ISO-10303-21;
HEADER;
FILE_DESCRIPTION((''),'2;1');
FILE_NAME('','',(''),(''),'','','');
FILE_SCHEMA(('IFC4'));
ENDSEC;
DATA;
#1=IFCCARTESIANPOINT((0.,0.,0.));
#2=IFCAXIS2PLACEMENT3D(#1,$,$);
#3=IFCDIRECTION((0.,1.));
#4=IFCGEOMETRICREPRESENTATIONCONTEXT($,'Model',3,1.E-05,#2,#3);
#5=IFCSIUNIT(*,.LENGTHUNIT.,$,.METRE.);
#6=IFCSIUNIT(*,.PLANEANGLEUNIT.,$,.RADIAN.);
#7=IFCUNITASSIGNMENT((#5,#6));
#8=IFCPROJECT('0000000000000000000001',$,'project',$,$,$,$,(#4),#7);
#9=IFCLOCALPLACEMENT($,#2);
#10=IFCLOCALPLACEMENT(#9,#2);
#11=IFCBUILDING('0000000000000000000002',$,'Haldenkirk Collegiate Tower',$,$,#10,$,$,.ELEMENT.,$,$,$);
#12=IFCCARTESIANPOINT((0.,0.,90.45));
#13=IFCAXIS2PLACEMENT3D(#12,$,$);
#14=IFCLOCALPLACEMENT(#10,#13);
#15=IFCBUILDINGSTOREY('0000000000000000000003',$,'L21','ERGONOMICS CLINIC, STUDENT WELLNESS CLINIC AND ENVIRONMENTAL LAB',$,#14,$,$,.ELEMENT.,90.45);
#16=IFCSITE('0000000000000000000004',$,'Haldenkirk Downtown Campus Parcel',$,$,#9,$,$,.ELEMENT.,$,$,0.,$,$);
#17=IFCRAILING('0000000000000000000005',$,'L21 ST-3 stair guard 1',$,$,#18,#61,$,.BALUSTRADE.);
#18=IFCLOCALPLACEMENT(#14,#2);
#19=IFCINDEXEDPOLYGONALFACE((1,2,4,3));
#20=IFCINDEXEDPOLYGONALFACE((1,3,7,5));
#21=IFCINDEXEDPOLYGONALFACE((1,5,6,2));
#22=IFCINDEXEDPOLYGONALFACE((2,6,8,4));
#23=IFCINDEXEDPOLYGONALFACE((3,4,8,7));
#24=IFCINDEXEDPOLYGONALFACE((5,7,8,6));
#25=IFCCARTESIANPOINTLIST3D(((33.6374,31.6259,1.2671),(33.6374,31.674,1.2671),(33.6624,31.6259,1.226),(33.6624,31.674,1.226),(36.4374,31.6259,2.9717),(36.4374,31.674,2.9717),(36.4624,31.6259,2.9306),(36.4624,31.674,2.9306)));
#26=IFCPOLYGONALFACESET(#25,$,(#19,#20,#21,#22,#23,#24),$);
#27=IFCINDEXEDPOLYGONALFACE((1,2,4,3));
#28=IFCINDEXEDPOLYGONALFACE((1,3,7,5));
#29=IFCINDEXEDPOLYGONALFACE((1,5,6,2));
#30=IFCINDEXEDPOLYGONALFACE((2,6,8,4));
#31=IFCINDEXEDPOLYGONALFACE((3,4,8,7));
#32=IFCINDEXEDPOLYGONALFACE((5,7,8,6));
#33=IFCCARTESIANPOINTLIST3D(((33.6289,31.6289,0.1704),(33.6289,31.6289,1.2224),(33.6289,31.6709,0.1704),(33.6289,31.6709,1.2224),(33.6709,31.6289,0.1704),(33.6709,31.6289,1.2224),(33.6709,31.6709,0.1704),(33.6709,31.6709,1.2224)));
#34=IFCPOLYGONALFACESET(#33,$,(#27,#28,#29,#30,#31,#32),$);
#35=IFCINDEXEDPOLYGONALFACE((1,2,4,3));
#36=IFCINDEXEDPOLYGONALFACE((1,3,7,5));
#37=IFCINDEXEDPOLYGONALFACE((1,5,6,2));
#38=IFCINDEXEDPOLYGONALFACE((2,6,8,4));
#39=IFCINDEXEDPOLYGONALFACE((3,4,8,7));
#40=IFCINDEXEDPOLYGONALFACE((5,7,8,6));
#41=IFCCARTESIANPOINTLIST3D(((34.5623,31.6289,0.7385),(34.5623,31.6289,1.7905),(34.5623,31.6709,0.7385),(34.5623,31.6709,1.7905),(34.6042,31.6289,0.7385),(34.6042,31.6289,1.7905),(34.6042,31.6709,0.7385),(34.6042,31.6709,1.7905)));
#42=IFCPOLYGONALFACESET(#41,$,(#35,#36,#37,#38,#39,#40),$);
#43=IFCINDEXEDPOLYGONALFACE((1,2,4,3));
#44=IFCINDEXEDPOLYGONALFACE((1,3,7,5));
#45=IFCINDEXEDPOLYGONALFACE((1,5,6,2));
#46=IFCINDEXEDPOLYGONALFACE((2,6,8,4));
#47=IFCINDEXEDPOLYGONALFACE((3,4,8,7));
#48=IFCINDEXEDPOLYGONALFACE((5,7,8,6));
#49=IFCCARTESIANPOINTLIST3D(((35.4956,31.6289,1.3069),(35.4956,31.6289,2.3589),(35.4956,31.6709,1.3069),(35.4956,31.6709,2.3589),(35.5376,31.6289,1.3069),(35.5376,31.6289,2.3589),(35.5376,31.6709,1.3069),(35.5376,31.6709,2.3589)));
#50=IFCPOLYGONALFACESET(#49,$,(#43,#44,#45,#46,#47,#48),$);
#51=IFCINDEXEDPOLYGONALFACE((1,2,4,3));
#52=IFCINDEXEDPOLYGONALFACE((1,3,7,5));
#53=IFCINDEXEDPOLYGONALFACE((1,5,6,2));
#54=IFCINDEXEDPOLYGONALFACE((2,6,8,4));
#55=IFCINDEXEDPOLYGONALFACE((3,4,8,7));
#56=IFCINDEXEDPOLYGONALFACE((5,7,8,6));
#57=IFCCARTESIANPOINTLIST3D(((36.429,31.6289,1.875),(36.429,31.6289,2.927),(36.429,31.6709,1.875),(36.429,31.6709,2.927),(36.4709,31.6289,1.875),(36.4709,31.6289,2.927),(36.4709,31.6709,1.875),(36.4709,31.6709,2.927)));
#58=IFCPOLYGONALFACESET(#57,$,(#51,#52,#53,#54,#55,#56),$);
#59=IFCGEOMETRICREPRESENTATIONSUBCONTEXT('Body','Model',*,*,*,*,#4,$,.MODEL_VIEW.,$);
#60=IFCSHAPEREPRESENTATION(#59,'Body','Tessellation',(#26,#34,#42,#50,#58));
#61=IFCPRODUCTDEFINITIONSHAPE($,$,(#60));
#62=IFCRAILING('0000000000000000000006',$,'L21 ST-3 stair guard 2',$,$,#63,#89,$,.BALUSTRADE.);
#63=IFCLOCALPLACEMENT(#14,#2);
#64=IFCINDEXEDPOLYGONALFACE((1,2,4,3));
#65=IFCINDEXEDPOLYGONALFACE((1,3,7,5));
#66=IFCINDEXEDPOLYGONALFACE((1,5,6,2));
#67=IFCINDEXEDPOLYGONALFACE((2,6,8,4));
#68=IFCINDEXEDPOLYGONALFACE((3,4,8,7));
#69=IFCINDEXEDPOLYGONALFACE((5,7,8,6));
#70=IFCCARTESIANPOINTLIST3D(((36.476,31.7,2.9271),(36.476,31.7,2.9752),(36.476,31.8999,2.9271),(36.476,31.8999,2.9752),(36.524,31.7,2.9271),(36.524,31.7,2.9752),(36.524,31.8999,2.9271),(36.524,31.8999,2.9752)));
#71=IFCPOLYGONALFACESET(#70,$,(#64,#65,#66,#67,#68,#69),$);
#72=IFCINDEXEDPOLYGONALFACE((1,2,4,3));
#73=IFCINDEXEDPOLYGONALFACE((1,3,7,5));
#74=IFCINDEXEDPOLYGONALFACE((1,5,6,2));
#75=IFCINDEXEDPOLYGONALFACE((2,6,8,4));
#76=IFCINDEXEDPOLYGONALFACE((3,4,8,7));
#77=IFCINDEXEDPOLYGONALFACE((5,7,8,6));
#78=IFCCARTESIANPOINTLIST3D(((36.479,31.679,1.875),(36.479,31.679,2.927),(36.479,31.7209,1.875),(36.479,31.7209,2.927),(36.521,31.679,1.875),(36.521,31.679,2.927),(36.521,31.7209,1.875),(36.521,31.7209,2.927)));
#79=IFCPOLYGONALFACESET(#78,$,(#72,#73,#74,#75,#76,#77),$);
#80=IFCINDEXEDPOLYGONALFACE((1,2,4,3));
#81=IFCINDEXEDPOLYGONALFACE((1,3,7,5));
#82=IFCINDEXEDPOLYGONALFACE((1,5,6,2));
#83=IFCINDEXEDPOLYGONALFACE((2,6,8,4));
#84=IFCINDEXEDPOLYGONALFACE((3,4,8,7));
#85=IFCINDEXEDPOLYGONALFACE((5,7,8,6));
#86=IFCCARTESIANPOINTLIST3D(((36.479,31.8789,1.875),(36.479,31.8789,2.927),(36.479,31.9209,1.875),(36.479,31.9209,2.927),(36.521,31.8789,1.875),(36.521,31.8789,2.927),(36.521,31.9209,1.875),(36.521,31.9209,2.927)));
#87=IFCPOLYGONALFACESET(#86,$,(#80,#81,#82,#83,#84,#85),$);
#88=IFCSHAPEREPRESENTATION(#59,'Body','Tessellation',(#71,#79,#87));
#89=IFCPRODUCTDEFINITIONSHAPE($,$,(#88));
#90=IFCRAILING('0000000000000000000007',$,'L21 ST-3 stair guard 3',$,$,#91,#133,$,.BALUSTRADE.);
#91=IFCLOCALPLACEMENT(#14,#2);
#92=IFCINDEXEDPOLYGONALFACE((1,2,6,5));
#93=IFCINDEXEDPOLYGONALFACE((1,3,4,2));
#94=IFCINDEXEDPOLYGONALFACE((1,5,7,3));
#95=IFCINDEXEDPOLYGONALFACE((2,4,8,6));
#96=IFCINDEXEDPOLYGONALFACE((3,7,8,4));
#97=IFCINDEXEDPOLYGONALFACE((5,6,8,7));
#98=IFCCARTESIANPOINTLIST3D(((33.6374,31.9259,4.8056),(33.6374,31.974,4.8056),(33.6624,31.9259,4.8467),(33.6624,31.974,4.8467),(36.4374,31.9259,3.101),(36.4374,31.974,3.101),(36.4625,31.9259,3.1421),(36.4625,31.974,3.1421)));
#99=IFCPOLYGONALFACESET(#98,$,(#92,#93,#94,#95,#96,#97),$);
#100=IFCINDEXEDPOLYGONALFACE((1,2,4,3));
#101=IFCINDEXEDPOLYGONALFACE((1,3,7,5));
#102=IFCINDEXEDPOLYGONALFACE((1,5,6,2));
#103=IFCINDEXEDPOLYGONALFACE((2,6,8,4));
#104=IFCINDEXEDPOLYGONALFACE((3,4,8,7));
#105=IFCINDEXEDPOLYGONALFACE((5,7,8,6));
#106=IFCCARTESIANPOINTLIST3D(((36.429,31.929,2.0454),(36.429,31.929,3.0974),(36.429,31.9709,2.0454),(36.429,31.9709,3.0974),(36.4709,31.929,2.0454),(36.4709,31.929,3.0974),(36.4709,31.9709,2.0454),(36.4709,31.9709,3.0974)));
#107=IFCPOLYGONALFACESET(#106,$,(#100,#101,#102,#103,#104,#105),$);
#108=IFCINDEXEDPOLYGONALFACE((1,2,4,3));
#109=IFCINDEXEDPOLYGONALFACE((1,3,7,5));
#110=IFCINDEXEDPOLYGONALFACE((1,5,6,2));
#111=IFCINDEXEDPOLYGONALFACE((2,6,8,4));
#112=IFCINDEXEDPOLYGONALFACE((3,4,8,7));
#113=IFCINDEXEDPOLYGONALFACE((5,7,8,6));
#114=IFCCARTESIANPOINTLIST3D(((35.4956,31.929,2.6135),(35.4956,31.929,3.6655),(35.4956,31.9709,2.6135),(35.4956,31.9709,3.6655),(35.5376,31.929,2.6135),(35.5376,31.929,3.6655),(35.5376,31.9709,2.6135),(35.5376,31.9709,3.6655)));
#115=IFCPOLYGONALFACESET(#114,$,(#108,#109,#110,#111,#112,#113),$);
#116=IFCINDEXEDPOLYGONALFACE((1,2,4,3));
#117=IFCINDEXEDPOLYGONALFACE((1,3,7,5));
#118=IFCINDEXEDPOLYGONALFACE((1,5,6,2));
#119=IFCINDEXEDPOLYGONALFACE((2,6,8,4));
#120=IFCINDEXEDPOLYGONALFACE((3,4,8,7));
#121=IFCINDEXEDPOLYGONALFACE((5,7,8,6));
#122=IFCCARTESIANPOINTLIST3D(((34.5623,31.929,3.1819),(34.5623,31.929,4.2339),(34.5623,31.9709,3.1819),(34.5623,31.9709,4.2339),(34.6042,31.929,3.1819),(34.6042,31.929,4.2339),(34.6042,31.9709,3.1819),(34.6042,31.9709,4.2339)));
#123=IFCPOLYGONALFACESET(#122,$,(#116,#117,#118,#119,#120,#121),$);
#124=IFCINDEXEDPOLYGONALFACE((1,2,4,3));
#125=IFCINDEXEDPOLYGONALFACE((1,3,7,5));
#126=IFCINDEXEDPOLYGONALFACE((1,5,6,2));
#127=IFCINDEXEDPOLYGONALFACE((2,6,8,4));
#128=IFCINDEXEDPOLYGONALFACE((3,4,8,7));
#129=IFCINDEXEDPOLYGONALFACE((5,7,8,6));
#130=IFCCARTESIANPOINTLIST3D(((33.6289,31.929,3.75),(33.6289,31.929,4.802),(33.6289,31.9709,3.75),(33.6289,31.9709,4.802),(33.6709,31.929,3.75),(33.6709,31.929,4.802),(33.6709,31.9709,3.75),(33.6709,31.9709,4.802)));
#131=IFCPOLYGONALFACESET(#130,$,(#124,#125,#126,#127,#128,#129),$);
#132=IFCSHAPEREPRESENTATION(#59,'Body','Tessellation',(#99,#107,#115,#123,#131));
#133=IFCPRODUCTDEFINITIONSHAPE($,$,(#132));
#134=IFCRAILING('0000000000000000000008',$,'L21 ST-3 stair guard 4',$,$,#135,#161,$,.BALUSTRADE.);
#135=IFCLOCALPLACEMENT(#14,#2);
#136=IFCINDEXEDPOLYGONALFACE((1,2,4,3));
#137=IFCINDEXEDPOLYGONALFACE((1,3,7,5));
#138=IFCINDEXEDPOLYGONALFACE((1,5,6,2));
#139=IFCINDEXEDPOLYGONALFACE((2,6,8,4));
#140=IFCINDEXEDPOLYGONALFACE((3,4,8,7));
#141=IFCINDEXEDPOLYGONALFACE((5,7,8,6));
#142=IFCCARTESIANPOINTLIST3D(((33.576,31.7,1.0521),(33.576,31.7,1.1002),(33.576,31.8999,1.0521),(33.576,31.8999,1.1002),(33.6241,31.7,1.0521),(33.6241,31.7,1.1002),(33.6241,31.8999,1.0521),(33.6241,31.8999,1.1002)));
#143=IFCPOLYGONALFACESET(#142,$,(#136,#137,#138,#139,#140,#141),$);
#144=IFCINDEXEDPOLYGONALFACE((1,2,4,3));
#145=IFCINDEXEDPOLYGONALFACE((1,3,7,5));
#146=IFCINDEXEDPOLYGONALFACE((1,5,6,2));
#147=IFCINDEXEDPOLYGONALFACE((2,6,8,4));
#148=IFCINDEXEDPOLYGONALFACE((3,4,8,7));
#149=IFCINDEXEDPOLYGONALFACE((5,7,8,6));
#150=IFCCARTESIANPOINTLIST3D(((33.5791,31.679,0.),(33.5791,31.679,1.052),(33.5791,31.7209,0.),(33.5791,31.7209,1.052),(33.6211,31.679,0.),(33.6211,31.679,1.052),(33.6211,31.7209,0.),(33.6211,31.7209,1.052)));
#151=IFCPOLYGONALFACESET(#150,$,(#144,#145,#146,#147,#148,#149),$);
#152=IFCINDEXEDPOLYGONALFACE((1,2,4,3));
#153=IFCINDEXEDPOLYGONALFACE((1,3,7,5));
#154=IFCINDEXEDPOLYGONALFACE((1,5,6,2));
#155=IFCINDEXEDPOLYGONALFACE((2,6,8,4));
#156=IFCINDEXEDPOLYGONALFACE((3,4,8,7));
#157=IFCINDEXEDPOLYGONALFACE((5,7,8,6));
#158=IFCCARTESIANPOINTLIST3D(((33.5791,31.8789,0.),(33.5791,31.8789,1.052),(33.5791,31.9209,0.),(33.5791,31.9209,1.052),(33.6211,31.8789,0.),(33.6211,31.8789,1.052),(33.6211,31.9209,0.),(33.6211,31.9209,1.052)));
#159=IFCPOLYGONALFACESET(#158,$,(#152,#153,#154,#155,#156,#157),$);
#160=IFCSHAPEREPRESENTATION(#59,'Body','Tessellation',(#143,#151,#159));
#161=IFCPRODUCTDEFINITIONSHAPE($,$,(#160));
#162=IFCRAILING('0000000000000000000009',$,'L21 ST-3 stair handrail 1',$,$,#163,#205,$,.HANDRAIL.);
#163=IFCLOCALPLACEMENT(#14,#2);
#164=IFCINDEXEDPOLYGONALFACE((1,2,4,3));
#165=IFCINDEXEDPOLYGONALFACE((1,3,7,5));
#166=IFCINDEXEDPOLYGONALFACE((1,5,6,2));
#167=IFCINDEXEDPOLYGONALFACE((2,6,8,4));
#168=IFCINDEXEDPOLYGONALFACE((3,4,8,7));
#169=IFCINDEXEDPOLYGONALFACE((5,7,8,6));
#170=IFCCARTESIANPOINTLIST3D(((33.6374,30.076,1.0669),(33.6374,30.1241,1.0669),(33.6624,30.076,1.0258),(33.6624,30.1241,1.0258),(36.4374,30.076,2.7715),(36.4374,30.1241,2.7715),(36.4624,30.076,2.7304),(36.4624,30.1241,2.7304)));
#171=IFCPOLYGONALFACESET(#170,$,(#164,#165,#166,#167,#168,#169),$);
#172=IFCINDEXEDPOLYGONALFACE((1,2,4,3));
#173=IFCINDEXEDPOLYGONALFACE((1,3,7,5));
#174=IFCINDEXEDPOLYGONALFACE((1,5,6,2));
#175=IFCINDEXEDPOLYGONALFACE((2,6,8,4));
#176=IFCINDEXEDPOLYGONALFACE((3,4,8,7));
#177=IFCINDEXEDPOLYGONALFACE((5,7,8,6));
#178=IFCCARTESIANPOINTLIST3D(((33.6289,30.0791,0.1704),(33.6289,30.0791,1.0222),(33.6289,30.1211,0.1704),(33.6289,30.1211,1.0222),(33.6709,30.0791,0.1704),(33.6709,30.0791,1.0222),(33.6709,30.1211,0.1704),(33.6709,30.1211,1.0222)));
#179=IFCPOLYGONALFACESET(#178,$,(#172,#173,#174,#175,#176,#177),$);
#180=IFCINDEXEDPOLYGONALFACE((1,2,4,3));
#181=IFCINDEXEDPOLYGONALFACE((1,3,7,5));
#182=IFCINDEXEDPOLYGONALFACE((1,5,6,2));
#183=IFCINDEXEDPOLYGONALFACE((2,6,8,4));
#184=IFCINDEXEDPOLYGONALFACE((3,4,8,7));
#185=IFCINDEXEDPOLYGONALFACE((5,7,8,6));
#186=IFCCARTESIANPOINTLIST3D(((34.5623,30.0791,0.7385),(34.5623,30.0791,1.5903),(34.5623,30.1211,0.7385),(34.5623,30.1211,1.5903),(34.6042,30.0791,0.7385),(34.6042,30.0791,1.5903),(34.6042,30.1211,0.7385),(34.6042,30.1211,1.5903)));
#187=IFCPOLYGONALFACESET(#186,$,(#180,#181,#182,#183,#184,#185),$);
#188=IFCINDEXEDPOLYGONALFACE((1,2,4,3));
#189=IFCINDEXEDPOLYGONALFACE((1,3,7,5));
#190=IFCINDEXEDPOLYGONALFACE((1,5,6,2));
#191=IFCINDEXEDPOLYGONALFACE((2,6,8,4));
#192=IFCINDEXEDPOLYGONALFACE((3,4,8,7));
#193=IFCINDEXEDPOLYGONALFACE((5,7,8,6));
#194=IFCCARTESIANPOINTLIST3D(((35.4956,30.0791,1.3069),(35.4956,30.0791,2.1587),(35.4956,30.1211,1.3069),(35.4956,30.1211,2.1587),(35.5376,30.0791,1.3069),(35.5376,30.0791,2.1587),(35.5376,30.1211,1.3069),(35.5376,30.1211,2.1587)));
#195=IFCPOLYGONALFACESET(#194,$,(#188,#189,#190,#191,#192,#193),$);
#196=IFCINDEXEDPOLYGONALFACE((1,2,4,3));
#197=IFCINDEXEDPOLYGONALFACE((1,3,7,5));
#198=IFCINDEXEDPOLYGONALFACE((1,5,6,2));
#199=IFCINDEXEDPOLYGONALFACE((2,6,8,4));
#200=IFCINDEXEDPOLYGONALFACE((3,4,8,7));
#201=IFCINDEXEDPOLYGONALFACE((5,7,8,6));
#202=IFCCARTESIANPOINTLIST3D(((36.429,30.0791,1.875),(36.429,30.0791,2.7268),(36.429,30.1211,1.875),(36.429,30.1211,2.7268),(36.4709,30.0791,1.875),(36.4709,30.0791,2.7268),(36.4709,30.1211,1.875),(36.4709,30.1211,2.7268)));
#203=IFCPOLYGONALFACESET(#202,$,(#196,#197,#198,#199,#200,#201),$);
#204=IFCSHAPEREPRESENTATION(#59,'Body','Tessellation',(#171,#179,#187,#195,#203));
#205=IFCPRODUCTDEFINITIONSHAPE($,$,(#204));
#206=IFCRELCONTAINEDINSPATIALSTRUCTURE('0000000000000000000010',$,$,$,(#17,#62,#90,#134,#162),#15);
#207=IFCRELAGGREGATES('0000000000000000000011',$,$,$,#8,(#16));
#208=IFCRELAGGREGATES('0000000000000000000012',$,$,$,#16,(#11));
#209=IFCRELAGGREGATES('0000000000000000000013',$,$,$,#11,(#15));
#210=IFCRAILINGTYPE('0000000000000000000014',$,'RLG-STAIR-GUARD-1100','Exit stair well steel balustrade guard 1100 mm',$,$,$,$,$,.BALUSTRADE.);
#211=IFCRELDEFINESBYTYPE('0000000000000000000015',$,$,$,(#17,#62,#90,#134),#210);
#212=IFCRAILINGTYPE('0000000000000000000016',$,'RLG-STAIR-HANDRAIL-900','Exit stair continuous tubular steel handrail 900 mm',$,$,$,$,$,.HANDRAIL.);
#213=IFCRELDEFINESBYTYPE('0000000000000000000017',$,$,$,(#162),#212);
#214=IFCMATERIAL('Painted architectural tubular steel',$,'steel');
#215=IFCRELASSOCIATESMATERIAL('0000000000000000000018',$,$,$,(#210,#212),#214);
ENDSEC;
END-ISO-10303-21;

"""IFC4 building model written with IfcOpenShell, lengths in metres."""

from ifc_helpers import new_model, si_unit, direction, frame, origin, origin_2d, place, context, subcontext, project, spatial, rectangle, extrude, material, type_object, element, save


model = new_model("IFC4")

# Units and contexts
model_context = context("Model", 3, precision=1e-05, world=origin(), true_north=direction((0.0, 1.0)))
body_context = subcontext(model_context, "Body", "Model", "MODEL_VIEW")
ifc_project = project(units=[si_unit("LENGTHUNIT", "METRE"), si_unit("PLANEANGLEUNIT", "RADIAN")], contexts=[model_context])

# Site, building, storey
site_placement = place(None, origin())
site = spatial("IfcSite", under=ifc_project, at=site_placement, Name="Haldenkirk Downtown Campus Parcel", CompositionType="ELEMENT", RefElevation=0.0)
building_placement = place(site_placement, origin())
building = spatial("IfcBuilding", under=site, at=building_placement, Name="Haldenkirk Collegiate Tower", CompositionType="ELEMENT")
storey_placement = place(building_placement, frame((0.0, 0.0, 90.45)))
storey = spatial("IfcBuildingStorey", under=building, at=storey_placement, Name="L21", Description="ERGONOMICS CLINIC, STUDENT WELLNESS CLINIC AND ENVIRONMENTAL LAB", CompositionType="ELEMENT", Elevation=90.45)

# Railings
ifc_material_1 = material(Name="Painted architectural tubular steel", Category="steel")
railing_type_1 = type_object("IfcRailingType", Name="RLG-STAIR-GUARD-1100", Description="Exit stair well steel balustrade guard 1100 mm", PredefinedType="BALUSTRADE", material=ifc_material_1)
railing_1_placement = place(storey_placement, frame((33.6499, 31.6499, 0.1704)))
element("IfcRailing", 1, at=railing_1_placement, inside=storey, type_object=railing_type_1, Name="L21 ST-3 stair guard 1", PredefinedType="BALUSTRADE", context=body_context, shape_type="SweptSolid", body=[
    extrude(rectangle(XDim=0.0481, YDim=0.0481, at=origin_2d()), frame((0.0, 0.0, 1.0762), z_axis=(0.85417, 0.0, 0.519994), x_axis=(0.0, 1.0, 0.0)), (0.0, 0.0, 1.0), 3.2781),
    extrude(rectangle(XDim=0.042, YDim=0.042, at=origin_2d()), origin(), (0.0, 0.0, 1.0), 1.052),
    extrude(rectangle(XDim=0.042, YDim=0.042, at=origin_2d()), frame((0.9333, 0.0, 0.5681)), (0.0, 0.0, 1.0), 1.052),
    extrude(rectangle(XDim=0.042, YDim=0.042, at=origin_2d()), frame((1.8667, 0.0, 1.1365)), (0.0, 0.0, 1.0), 1.052),
    extrude(rectangle(XDim=0.042, YDim=0.042, at=origin_2d()), frame((2.8, 0.0, 1.7046)), (0.0, 0.0, 1.0), 1.052),
])
railing_2_placement = place(storey_placement, frame((36.5, 31.7, 1.875)))
element("IfcRailing", 2, at=railing_2_placement, inside=storey, type_object=railing_type_1, Name="L21 ST-3 stair guard 2", PredefinedType="BALUSTRADE", context=body_context, shape_type="SweptSolid", body=[
    extrude(rectangle(XDim=0.0481, YDim=0.0481, at=origin_2d()), frame((0.0, 0.0, 1.0762), z_axis=(0.0, 1.0, 0.0), x_axis=(-1.0, 0.0, 0.0)), (0.0, 0.0, 1.0), 0.2),
    extrude(rectangle(XDim=0.042, YDim=0.042, at=origin_2d()), origin(), (0.0, 0.0, 1.0), 1.052),
    extrude(rectangle(XDim=0.042, YDim=0.042, at=origin_2d()), frame((0.0, 0.2, 0.0)), (0.0, 0.0, 1.0), 1.052),
])
railing_3_placement = place(storey_placement, frame((36.45, 31.95, 2.0454)))
element("IfcRailing", 3, at=railing_3_placement, inside=storey, type_object=railing_type_1, Name="L21 ST-3 stair guard 3", PredefinedType="BALUSTRADE", context=body_context, shape_type="SweptSolid", body=[
    extrude(rectangle(XDim=0.0481, YDim=0.0481, at=origin_2d()), frame((0.0, 0.0, 1.0762), z_axis=(-0.85417, 0.0, 0.519994), x_axis=(0.0, -1.0, 0.0)), (0.0, 0.0, 1.0), 3.2781),
    extrude(rectangle(XDim=0.042, YDim=0.042, at=origin_2d()), origin(), (0.0, 0.0, 1.0), 1.052),
    extrude(rectangle(XDim=0.042, YDim=0.042, at=origin_2d()), frame((-0.9333, 0.0, 0.5681)), (0.0, 0.0, 1.0), 1.052),
    extrude(rectangle(XDim=0.042, YDim=0.042, at=origin_2d()), frame((-1.8667, 0.0, 1.1365)), (0.0, 0.0, 1.0), 1.052),
    extrude(rectangle(XDim=0.042, YDim=0.042, at=origin_2d()), frame((-2.8, 0.0, 1.7046)), (0.0, 0.0, 1.0), 1.052),
])
railing_4_placement = place(storey_placement, frame((33.6001, 31.7, 0.0)))
element("IfcRailing", 4, at=railing_4_placement, inside=storey, type_object=railing_type_1, Name="L21 ST-3 stair guard 4", PredefinedType="BALUSTRADE", context=body_context, shape_type="SweptSolid", body=[
    extrude(rectangle(XDim=0.0481, YDim=0.0481, at=origin_2d()), frame((0.0, 0.0, 1.0762), z_axis=(0.0, 1.0, 0.0), x_axis=(-1.0, 0.0, 0.0)), (0.0, 0.0, 1.0), 0.2),
    extrude(rectangle(XDim=0.042, YDim=0.042, at=origin_2d()), origin(), (0.0, 0.0, 1.0), 1.052),
    extrude(rectangle(XDim=0.042, YDim=0.042, at=origin_2d()), frame((0.0, 0.2, 0.0)), (0.0, 0.0, 1.0), 1.052),
])
railing_type_2 = type_object("IfcRailingType", Name="RLG-STAIR-HANDRAIL-900", Description="Exit stair continuous tubular steel handrail 900 mm", PredefinedType="HANDRAIL", material=ifc_material_1)
railing_5_placement = place(storey_placement, frame((33.6499, 30.1001, 0.1704)))
element("IfcRailing", 5, at=railing_5_placement, inside=storey, type_object=railing_type_2, Name="L21 ST-3 stair handrail 1", PredefinedType="HANDRAIL", context=body_context, shape_type="SweptSolid", body=[
    extrude(rectangle(XDim=0.0481, YDim=0.0481, at=origin_2d()), frame((0.0, 0.0, 0.876), z_axis=(0.85417, 0.0, 0.519994), x_axis=(0.0, 1.0, 0.0)), (0.0, 0.0, 1.0), 3.2781),
    extrude(rectangle(XDim=0.042, YDim=0.042, at=origin_2d()), origin(), (0.0, 0.0, 1.0), 0.8518),
    extrude(rectangle(XDim=0.042, YDim=0.042, at=origin_2d()), frame((0.9333, 0.0, 0.5681)), (0.0, 0.0, 1.0), 0.8518),
    extrude(rectangle(XDim=0.042, YDim=0.042, at=origin_2d()), frame((1.8667, 0.0, 1.1365)), (0.0, 0.0, 1.0), 0.8518),
    extrude(rectangle(XDim=0.042, YDim=0.042, at=origin_2d()), frame((2.8, 0.0, 1.7046)), (0.0, 0.0, 1.0), 0.8518),
])

save(model, "model.ifc")
